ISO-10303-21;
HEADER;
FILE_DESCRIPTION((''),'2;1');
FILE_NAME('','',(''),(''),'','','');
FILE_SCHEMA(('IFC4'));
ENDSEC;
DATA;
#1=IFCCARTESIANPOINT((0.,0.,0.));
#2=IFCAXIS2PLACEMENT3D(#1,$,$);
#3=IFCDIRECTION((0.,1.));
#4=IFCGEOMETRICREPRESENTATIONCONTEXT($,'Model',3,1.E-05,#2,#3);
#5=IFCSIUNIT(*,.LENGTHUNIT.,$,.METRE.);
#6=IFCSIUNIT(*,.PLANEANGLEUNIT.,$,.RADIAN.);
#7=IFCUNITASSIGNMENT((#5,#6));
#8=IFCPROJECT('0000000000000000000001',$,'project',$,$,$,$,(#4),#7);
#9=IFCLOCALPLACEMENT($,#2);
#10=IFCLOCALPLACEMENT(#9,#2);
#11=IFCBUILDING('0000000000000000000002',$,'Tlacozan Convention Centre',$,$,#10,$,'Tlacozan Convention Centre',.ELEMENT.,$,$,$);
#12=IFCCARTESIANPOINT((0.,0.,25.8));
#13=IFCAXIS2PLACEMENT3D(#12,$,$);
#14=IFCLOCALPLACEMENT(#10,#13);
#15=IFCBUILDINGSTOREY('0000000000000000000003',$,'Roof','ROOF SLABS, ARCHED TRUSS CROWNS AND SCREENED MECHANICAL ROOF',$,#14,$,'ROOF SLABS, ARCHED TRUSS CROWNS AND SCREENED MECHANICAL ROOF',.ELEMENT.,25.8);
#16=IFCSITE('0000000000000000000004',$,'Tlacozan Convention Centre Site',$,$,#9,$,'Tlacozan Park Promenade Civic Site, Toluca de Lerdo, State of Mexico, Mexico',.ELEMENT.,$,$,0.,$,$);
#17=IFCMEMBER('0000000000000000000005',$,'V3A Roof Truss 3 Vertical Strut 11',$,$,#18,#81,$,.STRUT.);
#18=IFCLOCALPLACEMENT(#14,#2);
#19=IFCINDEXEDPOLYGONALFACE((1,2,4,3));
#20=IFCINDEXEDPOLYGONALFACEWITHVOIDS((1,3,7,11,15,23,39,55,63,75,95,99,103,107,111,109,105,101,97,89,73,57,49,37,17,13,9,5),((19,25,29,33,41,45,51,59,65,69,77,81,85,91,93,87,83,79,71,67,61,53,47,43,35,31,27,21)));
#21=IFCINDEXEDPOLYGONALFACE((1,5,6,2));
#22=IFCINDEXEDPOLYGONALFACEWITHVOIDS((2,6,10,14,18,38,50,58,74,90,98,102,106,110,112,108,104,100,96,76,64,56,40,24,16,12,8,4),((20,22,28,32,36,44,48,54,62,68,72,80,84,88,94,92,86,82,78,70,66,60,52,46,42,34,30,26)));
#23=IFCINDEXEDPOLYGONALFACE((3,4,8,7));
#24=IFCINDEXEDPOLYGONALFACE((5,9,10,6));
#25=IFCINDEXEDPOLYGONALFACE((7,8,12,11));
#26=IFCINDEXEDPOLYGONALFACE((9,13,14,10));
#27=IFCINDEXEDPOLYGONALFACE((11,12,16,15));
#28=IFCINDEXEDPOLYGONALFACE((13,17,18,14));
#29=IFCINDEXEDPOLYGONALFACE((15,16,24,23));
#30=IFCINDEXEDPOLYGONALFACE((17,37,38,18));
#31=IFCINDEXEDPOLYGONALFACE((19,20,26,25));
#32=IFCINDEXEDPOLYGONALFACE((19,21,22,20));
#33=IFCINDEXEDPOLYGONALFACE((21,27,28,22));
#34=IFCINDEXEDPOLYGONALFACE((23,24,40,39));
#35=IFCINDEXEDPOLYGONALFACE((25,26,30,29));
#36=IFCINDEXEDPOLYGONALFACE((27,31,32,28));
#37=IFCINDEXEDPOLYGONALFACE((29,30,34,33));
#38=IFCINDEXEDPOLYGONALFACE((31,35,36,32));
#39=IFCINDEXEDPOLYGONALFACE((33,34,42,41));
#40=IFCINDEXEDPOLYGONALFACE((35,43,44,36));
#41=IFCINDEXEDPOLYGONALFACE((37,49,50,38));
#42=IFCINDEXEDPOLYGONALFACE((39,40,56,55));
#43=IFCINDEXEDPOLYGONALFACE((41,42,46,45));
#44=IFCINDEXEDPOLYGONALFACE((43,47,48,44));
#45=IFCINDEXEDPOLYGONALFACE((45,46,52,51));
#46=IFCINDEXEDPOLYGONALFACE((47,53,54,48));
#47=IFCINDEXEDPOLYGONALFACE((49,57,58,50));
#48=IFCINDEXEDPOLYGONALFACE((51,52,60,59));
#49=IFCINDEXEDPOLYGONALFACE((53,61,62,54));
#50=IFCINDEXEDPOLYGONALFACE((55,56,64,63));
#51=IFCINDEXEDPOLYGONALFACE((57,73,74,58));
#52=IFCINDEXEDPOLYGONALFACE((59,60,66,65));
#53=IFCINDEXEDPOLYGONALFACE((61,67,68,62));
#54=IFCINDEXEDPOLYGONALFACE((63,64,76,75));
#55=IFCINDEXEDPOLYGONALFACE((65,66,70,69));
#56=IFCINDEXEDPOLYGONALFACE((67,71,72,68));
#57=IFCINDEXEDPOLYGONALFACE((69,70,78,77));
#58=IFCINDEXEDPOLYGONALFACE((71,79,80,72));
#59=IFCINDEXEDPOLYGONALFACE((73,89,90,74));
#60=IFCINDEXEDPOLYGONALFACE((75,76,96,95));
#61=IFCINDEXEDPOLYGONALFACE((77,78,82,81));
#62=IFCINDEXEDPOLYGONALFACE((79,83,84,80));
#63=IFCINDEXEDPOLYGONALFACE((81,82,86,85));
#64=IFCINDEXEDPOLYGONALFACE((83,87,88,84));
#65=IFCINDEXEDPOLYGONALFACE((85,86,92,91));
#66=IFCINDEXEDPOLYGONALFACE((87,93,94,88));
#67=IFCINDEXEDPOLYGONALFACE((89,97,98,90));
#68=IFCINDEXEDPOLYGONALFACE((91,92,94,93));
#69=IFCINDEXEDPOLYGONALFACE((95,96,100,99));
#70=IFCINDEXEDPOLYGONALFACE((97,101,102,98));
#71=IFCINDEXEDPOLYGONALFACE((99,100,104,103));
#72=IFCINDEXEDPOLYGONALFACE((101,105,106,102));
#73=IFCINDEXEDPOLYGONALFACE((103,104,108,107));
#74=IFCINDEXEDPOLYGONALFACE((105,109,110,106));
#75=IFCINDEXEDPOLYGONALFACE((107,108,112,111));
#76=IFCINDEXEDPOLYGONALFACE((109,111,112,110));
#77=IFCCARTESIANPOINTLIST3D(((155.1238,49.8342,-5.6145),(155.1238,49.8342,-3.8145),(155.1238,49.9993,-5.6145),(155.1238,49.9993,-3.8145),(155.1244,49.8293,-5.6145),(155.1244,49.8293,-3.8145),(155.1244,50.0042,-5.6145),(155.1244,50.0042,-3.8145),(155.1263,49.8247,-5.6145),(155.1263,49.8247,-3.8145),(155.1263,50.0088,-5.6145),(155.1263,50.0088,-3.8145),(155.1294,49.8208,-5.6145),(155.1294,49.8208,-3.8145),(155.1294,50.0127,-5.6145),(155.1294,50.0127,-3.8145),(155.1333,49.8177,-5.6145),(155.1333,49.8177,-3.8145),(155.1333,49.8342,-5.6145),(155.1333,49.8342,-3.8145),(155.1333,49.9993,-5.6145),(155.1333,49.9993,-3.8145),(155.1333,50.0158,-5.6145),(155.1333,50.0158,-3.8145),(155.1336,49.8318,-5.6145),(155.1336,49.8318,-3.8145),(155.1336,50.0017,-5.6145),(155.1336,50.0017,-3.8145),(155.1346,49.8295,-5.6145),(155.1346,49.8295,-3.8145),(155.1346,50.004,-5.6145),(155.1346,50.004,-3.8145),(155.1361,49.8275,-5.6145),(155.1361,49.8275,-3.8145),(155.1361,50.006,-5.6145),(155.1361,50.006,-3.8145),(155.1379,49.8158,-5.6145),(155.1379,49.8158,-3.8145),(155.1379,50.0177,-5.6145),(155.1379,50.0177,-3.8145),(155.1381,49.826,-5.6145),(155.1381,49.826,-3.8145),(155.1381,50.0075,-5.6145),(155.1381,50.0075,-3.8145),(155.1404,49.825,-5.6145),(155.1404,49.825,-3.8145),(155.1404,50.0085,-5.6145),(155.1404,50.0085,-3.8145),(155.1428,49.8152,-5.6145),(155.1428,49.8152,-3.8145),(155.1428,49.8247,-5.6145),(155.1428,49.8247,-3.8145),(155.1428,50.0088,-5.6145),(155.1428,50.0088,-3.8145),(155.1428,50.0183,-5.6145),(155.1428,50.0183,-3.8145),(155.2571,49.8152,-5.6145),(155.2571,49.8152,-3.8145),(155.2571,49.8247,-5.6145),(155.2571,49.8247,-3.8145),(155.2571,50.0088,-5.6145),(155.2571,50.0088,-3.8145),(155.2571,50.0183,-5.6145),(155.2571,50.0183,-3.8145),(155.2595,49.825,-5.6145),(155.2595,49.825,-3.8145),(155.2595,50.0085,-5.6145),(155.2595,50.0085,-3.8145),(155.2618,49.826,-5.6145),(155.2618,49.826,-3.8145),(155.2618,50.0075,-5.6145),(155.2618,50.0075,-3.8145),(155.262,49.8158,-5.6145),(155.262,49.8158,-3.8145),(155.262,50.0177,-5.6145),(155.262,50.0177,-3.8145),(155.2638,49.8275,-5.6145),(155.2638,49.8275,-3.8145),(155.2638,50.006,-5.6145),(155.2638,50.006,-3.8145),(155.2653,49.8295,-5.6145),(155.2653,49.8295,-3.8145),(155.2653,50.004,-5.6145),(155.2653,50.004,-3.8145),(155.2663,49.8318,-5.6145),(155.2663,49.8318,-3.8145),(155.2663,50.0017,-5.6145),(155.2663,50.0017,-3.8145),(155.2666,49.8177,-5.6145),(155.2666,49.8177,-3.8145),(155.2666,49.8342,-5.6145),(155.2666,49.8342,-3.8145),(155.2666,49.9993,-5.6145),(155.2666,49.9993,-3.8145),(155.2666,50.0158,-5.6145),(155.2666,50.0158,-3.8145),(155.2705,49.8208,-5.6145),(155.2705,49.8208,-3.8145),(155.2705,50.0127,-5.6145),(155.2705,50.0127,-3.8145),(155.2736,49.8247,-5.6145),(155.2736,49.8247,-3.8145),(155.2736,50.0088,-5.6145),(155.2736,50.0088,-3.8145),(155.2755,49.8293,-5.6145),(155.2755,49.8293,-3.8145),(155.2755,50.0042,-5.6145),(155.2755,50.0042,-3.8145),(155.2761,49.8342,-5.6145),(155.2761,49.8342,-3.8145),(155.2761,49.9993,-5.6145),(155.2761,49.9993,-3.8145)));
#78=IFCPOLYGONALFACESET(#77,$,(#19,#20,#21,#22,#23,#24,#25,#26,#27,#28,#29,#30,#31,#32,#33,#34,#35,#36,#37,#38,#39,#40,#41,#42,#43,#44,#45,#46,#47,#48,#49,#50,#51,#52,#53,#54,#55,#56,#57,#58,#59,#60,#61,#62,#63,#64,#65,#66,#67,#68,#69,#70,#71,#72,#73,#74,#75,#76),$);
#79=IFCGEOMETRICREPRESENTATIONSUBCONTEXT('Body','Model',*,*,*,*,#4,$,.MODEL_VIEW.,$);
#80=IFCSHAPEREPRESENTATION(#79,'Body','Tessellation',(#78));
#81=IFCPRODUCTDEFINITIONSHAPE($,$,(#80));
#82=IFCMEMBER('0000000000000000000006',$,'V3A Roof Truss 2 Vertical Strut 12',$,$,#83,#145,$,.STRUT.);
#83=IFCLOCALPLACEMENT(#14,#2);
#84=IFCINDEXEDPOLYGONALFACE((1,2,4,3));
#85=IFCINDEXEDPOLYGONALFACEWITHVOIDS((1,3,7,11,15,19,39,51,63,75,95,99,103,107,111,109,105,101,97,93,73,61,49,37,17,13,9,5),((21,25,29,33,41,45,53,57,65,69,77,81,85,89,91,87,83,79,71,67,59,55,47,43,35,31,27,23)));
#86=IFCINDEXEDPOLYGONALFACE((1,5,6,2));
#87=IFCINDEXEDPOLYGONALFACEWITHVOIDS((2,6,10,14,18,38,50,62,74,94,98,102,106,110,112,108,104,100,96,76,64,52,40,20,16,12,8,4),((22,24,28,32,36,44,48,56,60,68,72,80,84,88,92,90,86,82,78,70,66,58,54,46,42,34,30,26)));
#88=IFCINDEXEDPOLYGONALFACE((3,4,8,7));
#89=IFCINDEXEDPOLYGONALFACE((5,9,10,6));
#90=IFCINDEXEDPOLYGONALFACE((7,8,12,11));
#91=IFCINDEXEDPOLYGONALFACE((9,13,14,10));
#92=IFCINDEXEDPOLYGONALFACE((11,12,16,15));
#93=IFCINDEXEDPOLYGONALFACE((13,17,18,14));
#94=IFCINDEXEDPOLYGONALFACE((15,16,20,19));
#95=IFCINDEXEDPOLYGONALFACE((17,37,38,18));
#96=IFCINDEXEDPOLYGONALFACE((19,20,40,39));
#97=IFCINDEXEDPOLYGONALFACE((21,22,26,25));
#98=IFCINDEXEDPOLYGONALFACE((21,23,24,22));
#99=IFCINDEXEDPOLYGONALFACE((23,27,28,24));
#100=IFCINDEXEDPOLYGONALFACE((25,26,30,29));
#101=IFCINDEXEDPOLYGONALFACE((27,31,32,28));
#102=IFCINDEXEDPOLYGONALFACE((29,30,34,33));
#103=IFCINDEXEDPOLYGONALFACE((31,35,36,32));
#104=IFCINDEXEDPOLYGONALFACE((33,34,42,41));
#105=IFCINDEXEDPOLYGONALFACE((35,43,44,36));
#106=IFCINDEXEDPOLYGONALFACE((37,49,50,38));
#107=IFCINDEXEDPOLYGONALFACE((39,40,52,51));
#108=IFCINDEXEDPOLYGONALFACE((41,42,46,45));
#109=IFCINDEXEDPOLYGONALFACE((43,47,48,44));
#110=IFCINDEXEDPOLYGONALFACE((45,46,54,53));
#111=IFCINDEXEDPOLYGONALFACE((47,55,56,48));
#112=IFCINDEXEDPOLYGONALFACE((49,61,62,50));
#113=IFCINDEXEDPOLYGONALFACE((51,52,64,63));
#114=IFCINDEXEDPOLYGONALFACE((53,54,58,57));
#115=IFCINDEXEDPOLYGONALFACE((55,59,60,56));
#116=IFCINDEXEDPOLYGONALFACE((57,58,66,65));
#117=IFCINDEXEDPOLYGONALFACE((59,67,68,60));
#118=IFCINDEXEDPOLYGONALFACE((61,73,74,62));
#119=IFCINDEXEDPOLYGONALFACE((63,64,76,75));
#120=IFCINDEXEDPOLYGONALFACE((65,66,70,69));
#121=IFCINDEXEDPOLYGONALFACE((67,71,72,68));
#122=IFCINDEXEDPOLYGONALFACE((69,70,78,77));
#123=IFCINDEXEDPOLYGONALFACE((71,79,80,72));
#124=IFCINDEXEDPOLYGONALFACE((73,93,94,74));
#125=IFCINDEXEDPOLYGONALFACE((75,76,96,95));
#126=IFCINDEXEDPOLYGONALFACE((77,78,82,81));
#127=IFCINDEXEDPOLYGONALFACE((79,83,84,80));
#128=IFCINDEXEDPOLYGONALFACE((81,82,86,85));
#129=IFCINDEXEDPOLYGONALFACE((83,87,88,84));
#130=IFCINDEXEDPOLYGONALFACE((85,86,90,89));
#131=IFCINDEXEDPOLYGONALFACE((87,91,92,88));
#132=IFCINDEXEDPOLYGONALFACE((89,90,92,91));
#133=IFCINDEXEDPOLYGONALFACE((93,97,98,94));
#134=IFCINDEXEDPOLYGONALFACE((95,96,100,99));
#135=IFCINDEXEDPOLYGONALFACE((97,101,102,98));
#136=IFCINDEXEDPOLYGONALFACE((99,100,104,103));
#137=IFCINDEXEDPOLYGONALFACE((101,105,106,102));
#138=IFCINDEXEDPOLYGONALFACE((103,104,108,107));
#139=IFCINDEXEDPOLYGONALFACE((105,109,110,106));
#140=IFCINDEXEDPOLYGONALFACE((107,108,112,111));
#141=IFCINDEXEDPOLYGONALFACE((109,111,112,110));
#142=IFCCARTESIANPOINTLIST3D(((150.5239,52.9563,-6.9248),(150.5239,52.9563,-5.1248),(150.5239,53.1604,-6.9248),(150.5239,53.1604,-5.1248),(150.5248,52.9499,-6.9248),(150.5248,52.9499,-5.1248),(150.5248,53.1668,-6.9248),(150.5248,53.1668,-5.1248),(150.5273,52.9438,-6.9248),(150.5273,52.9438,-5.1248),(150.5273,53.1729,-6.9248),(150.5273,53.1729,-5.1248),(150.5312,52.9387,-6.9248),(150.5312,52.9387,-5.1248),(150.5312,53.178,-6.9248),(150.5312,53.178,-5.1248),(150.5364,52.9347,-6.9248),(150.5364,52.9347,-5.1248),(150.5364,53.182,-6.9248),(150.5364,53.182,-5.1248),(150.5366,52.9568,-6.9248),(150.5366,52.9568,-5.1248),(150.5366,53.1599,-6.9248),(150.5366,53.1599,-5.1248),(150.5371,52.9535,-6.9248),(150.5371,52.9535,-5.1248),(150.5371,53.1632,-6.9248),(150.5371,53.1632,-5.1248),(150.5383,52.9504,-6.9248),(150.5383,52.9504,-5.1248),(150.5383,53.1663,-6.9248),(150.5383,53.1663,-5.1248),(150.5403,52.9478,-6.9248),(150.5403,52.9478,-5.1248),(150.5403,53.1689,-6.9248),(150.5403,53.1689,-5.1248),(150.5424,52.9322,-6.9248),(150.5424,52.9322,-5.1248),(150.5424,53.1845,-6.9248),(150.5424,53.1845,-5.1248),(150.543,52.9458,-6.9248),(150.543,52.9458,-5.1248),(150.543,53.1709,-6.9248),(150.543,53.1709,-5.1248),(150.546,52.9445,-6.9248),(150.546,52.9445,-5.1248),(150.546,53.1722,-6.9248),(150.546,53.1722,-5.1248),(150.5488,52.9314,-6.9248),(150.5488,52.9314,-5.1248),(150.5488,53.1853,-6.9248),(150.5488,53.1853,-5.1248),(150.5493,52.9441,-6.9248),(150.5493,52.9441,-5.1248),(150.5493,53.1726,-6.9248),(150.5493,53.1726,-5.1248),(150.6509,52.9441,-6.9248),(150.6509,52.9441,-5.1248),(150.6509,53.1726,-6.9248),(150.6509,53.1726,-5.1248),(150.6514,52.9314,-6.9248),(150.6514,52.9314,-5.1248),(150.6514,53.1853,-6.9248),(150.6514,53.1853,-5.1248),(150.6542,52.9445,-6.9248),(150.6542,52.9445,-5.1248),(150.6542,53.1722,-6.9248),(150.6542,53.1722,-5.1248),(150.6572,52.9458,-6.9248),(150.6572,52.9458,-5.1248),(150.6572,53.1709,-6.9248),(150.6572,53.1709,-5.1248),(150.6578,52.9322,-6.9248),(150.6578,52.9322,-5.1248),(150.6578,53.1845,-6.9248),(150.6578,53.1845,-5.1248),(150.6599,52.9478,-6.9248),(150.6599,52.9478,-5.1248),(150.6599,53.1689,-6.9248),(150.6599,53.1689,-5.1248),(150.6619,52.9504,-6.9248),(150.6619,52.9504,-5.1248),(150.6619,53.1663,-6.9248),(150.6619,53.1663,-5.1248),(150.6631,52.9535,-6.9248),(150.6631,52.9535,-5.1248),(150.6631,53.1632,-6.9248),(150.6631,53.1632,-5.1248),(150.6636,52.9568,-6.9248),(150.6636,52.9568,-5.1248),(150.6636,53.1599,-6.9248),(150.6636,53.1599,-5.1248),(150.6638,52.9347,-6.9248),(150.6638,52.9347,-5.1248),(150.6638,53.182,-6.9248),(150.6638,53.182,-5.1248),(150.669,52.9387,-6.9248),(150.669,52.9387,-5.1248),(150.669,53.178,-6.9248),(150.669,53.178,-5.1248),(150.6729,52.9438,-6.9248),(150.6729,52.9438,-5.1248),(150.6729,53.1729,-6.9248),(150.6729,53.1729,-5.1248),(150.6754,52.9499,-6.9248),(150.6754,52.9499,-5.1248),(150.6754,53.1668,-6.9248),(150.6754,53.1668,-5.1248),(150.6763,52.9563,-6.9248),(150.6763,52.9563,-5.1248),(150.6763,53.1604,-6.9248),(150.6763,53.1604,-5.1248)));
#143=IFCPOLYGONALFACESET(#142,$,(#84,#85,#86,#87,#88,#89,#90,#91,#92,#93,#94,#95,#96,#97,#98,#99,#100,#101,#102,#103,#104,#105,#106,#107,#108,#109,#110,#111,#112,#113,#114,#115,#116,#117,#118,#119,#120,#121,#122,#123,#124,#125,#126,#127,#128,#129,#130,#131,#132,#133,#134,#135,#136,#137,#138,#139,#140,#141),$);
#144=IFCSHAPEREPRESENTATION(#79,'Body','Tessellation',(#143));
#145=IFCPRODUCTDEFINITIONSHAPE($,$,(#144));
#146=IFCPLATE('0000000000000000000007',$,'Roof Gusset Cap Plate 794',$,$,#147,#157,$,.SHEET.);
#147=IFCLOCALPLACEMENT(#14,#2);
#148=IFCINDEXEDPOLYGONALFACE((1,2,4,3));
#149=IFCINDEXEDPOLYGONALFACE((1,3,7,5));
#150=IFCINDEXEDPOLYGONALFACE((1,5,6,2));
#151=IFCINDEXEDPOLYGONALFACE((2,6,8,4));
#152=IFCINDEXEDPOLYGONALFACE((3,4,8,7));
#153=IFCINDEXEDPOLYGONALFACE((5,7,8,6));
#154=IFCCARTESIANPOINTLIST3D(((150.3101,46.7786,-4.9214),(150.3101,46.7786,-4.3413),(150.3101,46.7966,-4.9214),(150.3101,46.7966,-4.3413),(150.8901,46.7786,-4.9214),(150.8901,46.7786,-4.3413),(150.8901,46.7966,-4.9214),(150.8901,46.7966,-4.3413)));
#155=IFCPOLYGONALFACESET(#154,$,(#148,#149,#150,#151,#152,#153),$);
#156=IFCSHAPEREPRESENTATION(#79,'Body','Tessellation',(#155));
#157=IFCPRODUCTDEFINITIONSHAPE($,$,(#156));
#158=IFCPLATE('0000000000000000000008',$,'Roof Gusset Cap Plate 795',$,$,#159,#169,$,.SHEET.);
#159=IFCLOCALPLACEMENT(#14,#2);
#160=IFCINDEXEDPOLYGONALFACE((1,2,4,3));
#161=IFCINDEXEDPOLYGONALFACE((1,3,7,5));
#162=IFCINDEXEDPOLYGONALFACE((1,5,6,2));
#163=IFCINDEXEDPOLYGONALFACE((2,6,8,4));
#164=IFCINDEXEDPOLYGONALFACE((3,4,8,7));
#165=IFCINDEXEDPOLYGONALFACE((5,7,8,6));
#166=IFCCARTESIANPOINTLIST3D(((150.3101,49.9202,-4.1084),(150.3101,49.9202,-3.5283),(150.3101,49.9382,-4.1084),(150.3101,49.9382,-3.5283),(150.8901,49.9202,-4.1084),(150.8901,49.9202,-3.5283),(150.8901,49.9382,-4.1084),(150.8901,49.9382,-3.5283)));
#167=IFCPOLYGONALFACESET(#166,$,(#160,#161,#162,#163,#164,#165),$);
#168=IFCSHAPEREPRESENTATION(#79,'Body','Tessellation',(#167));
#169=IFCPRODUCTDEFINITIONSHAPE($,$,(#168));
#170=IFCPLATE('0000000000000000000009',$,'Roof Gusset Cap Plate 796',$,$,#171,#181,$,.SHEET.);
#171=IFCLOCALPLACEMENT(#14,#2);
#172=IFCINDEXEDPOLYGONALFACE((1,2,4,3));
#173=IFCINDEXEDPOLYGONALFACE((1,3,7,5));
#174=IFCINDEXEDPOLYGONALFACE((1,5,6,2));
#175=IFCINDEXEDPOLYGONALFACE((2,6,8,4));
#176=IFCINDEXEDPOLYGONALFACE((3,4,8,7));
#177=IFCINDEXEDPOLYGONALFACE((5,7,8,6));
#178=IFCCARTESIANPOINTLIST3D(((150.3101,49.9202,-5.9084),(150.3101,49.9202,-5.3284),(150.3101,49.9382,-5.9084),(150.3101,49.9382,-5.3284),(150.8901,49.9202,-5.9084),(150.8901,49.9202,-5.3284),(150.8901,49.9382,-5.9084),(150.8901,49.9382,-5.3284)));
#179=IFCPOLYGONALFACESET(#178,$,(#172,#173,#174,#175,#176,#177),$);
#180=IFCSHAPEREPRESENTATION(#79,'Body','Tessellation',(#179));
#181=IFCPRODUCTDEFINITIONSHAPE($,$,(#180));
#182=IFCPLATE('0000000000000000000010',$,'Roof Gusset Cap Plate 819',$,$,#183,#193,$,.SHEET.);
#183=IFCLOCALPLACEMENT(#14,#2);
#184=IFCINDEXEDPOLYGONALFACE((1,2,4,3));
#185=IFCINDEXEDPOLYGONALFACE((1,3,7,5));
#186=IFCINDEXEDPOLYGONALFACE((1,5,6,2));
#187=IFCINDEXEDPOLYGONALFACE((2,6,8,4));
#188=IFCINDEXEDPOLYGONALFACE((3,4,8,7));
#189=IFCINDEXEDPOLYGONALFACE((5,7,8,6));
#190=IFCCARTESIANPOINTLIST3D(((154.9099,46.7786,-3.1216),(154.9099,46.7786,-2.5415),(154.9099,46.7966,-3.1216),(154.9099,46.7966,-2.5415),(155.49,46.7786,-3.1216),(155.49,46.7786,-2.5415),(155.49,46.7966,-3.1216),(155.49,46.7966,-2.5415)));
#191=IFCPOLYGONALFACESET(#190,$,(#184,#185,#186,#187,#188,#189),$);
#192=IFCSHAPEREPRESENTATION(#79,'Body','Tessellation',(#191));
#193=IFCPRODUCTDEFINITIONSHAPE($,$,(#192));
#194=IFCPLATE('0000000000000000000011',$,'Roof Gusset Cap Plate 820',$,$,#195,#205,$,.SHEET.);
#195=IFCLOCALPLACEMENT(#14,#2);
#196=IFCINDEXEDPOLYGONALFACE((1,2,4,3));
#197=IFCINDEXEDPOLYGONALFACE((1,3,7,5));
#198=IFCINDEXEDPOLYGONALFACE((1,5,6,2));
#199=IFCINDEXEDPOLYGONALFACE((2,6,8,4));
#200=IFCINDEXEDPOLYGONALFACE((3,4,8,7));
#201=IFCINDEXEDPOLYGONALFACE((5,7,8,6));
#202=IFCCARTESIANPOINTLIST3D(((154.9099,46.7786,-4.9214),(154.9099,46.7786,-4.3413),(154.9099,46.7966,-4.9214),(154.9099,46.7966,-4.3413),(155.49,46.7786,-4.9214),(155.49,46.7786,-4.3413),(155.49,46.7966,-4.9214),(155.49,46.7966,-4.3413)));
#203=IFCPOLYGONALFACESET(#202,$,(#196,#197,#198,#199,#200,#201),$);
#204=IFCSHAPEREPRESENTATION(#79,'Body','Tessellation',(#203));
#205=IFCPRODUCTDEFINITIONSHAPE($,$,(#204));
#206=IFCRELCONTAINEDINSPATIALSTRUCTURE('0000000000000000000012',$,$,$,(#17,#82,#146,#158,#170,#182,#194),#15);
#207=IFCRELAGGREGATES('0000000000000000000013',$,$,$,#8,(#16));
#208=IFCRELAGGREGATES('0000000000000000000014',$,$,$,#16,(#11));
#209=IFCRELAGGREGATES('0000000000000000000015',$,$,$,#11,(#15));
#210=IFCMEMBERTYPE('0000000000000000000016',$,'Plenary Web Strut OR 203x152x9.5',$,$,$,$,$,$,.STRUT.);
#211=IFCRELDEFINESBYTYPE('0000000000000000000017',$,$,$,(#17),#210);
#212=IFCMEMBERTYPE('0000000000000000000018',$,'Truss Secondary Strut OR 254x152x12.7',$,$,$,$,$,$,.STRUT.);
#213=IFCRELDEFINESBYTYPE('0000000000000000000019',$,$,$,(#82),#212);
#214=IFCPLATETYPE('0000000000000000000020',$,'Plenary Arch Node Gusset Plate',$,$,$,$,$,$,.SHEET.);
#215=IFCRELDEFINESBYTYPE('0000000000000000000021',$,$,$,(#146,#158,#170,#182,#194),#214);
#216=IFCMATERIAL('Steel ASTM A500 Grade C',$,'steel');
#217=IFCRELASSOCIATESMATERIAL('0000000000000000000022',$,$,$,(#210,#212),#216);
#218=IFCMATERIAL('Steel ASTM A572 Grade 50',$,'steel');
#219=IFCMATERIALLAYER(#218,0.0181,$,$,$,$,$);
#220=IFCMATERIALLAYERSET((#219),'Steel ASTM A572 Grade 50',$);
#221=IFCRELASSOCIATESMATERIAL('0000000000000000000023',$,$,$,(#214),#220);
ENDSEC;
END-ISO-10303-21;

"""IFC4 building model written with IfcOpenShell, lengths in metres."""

from ifc_helpers import new_model, si_unit, direction, frame, origin, origin_2d, place, context, subcontext, project, spatial, rectangle, hollow_rectangle, extrude, material, layer, layer_set, material_profile, profile_set, type_object, element, save


model = new_model("IFC4")

# Units and contexts
model_context = context("Model", 3, precision=1e-05, world=origin(), true_north=direction((0.0, 1.0)))
body_context = subcontext(model_context, "Body", "Model", "MODEL_VIEW")
ifc_project = project(units=[si_unit("LENGTHUNIT", "METRE"), si_unit("PLANEANGLEUNIT", "RADIAN")], contexts=[model_context])

# Site, building, storey
site_placement = place(None, origin())
site = spatial("IfcSite", under=ifc_project, at=site_placement, Name="Tlacozan Convention Centre Site", LongName="Tlacozan Park Promenade Civic Site, Toluca de Lerdo, State of Mexico, Mexico", CompositionType="ELEMENT", RefElevation=0.0)
building_placement = place(site_placement, origin())
building = spatial("IfcBuilding", under=site, at=building_placement, Name="Tlacozan Convention Centre", LongName="Tlacozan Convention Centre", CompositionType="ELEMENT")
storey_placement = place(building_placement, frame((0.0, 0.0, 25.8)))
storey = spatial("IfcBuildingStorey", under=building, at=storey_placement, Name="Roof", Description="ROOF SLABS, ARCHED TRUSS CROWNS AND SCREENED MECHANICAL ROOF", LongName="ROOF SLABS, ARCHED TRUSS CROWNS AND SCREENED MECHANICAL ROOF", CompositionType="ELEMENT", Elevation=25.8)

# Members
ifc_material_1 = material(Name="Steel ASTM A500 Grade C", Category="steel")
ifc_material_profile_1 = material_profile(ifc_material_1, hollow_rectangle(XDim=0.1523, YDim=0.2031, WallThickness=0.0095, InnerFilletRadius=0.0095, OuterFilletRadius=0.019, at=origin_2d()), Name="OR 203x152x9.5")
ifc_profile_set_1 = profile_set([ifc_material_profile_1], Name="Steel ASTM A500 Grade C")
member_type_1 = type_object("IfcMemberType", Name="Plenary Web Strut OR 203x152x9.5", PredefinedType="STRUT", material=ifc_profile_set_1)
for number, where, z_axis, x_axis, name in (
    (1, (155.2, 49.9167, -5.6145), (0.0, 0.0, 1.0), (1.0, 0.0, 0.0), "V3A Roof Truss 3 Vertical Strut 11"),
):
    element("IfcMember", number, at=place(storey_placement, frame(where, z_axis=z_axis, x_axis=x_axis)), inside=storey, type_object=member_type_1, Name=name, PredefinedType="STRUT", context=body_context, shape_type="SweptSolid", body=[
        extrude(hollow_rectangle(XDim=0.1523, YDim=0.2031, WallThickness=0.0095, InnerFilletRadius=0.0095, OuterFilletRadius=0.019, at=origin_2d()), origin(), (0.0, 0.0, 1.0), 1.8),
    ])
ifc_material_profile_2 = material_profile(ifc_material_1, hollow_rectangle(XDim=0.1523, YDim=0.2539, WallThickness=0.0127, InnerFilletRadius=0.0127, OuterFilletRadius=0.0249, at=origin_2d()), Name="OR 254x152x12.7")
ifc_profile_set_2 = profile_set([ifc_material_profile_2], Name="Steel ASTM A500 Grade C")
member_type_2 = type_object("IfcMemberType", Name="Truss Secondary Strut OR 254x152x12.7", PredefinedType="STRUT", material=ifc_profile_set_2)
member_1_placement = place(storey_placement, frame((150.6001, 53.0583, -6.9248), z_axis=(0.0, 0.0, 1.0), x_axis=(1.0, 0.0, 0.0)))
element("IfcMember", 2, at=member_1_placement, inside=storey, type_object=member_type_2, Name="V3A Roof Truss 2 Vertical Strut 12", PredefinedType="STRUT", context=body_context, shape_type="SweptSolid", body=[
    extrude(hollow_rectangle(XDim=0.1523, YDim=0.2539, WallThickness=0.0127, InnerFilletRadius=0.0127, OuterFilletRadius=0.0249, at=origin_2d()), origin(), (0.0, 0.0, 1.0), 1.8),
])

# Plates
ifc_material_2 = material(Name="Steel ASTM A572 Grade 50", Category="steel")
ifc_layer = layer(ifc_material_2, 0.0181)
ifc_layer_set = layer_set([ifc_layer], Name="Steel ASTM A572 Grade 50")
plate_type = type_object("IfcPlateType", Name="Plenary Arch Node Gusset Plate", PredefinedType="SHEET", material=ifc_layer_set)
for number, where, z_axis, x_axis, name in (
    (3, (150.6001, 46.7876, -4.9214), (0.0, 0.0, 1.0), (0.0, 1.0, 0.0), "Roof Gusset Cap Plate 794"),
    (4, (150.6001, 49.9292, -4.1084), (0.0, 0.0, 1.0), (0.0, 1.0, 0.0), "Roof Gusset Cap Plate 795"),
    (5, (150.6001, 49.9292, -5.9084), (0.0, 0.0, 1.0), (0.0, 1.0, 0.0), "Roof Gusset Cap Plate 796"),
    (6, (155.2, 46.7876, -3.1216), (0.0, 0.0, 1.0), (0.0, 1.0, 0.0), "Roof Gusset Cap Plate 819"),
    (7, (155.2, 46.7876, -4.9214), (0.0, 0.0, 1.0), (0.0, 1.0, 0.0), "Roof Gusset Cap Plate 820"),
):
    element("IfcPlate", number, at=place(storey_placement, frame(where, z_axis=z_axis, x_axis=x_axis)), inside=storey, type_object=plate_type, Name=name, PredefinedType="SHEET", context=body_context, shape_type="SweptSolid", body=[
        extrude(rectangle(XDim=0.0181, YDim=0.5801, at=origin_2d()), origin(), (0.0, 0.0, 1.0), 0.5801),
    ])

save(model, "model.ifc")
